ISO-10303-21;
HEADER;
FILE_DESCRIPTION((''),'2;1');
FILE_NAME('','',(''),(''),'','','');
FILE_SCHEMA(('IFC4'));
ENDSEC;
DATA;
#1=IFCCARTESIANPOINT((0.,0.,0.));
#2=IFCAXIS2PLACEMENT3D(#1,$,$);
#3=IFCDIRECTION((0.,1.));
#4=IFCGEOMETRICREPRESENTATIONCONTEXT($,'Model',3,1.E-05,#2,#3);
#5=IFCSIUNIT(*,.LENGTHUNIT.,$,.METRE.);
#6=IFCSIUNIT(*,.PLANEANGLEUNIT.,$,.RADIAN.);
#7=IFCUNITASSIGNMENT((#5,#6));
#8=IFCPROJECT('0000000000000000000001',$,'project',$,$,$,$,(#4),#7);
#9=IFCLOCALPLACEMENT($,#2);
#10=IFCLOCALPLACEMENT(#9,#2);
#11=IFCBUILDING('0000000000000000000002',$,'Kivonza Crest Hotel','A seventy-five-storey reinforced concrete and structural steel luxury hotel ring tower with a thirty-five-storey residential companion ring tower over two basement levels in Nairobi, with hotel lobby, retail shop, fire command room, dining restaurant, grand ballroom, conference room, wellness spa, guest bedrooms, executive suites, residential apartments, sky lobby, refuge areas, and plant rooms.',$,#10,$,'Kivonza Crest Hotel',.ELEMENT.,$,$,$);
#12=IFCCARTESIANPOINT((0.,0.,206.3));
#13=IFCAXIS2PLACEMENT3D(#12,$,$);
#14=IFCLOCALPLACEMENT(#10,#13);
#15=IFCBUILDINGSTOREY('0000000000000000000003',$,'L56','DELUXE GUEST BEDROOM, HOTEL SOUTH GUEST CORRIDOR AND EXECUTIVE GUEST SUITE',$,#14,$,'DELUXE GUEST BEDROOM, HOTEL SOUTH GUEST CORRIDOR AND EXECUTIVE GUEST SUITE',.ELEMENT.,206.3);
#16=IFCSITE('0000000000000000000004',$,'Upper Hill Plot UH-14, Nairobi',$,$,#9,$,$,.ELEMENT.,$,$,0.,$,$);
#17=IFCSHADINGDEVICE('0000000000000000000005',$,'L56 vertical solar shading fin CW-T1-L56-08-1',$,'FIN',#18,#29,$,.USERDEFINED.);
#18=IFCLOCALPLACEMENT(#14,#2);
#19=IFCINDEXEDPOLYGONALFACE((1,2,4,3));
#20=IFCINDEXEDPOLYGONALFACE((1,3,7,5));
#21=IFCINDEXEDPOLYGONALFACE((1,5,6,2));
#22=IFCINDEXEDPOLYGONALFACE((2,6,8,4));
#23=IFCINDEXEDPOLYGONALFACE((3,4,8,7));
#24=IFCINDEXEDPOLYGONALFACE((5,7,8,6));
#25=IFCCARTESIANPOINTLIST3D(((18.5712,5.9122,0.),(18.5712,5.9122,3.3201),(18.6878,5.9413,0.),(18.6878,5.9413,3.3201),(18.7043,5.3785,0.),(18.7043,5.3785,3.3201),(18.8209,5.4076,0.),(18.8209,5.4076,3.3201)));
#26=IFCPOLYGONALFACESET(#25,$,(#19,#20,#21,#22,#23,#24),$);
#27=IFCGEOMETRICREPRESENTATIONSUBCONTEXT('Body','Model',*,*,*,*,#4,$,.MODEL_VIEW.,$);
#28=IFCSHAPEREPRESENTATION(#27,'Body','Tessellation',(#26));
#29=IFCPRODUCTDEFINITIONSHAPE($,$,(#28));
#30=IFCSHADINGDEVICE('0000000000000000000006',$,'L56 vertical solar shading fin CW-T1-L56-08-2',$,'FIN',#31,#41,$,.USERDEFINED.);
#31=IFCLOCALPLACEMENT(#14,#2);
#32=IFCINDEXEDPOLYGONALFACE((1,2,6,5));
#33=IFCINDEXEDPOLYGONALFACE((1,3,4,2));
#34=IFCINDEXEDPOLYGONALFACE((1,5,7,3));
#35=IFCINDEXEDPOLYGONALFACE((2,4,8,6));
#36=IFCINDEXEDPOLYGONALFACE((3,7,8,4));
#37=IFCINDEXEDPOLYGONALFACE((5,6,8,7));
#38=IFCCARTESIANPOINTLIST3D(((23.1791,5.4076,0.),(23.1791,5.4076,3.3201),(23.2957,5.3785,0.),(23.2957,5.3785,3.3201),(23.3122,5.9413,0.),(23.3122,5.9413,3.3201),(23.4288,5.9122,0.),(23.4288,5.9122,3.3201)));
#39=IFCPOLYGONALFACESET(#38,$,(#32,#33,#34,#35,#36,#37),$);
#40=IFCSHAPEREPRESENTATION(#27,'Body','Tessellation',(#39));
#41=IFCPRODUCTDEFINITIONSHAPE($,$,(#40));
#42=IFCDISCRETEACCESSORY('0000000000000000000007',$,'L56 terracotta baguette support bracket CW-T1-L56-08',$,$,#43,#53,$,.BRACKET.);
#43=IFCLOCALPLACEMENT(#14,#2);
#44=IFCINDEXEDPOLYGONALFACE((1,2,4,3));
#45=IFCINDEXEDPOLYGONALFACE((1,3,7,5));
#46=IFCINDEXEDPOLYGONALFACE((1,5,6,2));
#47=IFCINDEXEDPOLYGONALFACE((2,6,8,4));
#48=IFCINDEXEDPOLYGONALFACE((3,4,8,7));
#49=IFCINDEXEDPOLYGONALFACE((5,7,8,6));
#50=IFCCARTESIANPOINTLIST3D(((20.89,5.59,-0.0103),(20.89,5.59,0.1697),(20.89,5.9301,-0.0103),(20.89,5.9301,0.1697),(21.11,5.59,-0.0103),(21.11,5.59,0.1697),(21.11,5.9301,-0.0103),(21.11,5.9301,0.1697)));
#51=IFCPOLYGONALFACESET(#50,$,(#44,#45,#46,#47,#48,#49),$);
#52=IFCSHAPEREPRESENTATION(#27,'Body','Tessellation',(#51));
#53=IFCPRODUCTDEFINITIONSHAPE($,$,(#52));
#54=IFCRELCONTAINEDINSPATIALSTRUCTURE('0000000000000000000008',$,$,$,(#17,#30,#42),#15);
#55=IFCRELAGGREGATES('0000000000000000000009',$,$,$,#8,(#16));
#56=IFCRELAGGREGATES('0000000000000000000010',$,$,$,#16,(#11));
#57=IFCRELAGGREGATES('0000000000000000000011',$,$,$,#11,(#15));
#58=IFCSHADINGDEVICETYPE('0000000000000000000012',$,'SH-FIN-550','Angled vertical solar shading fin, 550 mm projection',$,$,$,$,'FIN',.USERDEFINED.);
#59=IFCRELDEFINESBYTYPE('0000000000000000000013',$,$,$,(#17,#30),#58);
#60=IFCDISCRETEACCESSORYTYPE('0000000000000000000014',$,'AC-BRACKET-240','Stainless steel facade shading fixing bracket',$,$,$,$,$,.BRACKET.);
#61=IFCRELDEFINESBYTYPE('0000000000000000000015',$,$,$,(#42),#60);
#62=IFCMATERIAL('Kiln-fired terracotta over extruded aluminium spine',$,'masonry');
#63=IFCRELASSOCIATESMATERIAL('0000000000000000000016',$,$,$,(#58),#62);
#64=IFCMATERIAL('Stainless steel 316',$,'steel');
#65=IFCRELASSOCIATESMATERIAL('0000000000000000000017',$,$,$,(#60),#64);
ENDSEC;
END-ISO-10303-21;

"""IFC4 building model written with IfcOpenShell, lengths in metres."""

from ifc_helpers import new_model, si_unit, direction, frame, origin, origin_2d, place, context, subcontext, project, spatial, rectangle, extrude, material, type_object, element, save


model = new_model("IFC4")

# Units and contexts
model_context = context("Model", 3, precision=1e-05, world=origin(), true_north=direction((0.0, 1.0)))
body_context = subcontext(model_context, "Body", "Model", "MODEL_VIEW")
ifc_project = project(units=[si_unit("LENGTHUNIT", "METRE"), si_unit("PLANEANGLEUNIT", "RADIAN")], contexts=[model_context])

# Site, building, storey
site_placement = place(None, origin())
site = spatial("IfcSite", under=ifc_project, at=site_placement, Name="Upper Hill Plot UH-14, Nairobi", CompositionType="ELEMENT", RefElevation=0.0)
building_placement = place(site_placement, origin())
building = spatial("IfcBuilding", under=site, at=building_placement, Name="Kivonza Crest Hotel", Description="A seventy-five-storey reinforced concrete and structural steel luxury hotel ring tower with a thirty-five-storey residential companion ring tower over two basement levels in Nairobi, with hotel lobby, retail shop, fire command room, dining restaurant, grand ballroom, conference room, wellness spa, guest bedrooms, executive suites, residential apartments, sky lobby, refuge areas, and plant rooms.", LongName="Kivonza Crest Hotel", CompositionType="ELEMENT")
storey_placement = place(building_placement, frame((0.0, 0.0, 206.3)))
storey = spatial("IfcBuildingStorey", under=building, at=storey_placement, Name="L56", Description="DELUXE GUEST BEDROOM, HOTEL SOUTH GUEST CORRIDOR AND EXECUTIVE GUEST SUITE", LongName="DELUXE GUEST BEDROOM, HOTEL SOUTH GUEST CORRIDOR AND EXECUTIVE GUEST SUITE", CompositionType="ELEMENT", Elevation=206.3)

# Shading devices
ifc_material_1 = material(Name="Kiln-fired terracotta over extruded aluminium spine", Category="masonry")
shading_device_type_1 = type_object("IfcShadingDeviceType", Name="SH-FIN-550", Description="Angled vertical solar shading fin, 550 mm projection", ElementType="FIN", PredefinedType="USERDEFINED", material=ifc_material_1)
for number, where, z_axis, x_axis, name in (
    (1, (18.696, 5.6599, 0.0), (0.0, 0.0, 1.0), (0.970296, 0.241922, 0.0), "L56 vertical solar shading fin CW-T1-L56-08-1"),
    (2, (23.304, 5.6599, 0.0), (0.0, 0.0, 1.0), (0.970296, -0.241922, 0.0), "L56 vertical solar shading fin CW-T1-L56-08-2"),
):
    element("IfcShadingDevice", number, at=place(storey_placement, frame(where, z_axis=z_axis, x_axis=x_axis)), inside=storey, type_object=shading_device_type_1, Name=name, ObjectType="FIN", PredefinedType="USERDEFINED", context=body_context, shape_type="SweptSolid", body=[
        extrude(rectangle(XDim=0.1201, YDim=0.55, at=origin_2d()), origin(), (0.0, 0.0, 1.0), 3.3201),
    ])

# Discrete accessory
ifc_material_2 = material(Name="Stainless steel 316", Category="steel")
discrete_accessory_type = type_object("IfcDiscreteAccessoryType", Name="AC-BRACKET-240", Description="Stainless steel facade shading fixing bracket", PredefinedType="BRACKET", material=ifc_material_2)
discrete_accessory_placement = place(storey_placement, frame((21.0, 5.76, -0.0103), z_axis=(0.0, 0.0, 1.0), x_axis=(1.0, 0.0, 0.0)))
element("IfcDiscreteAccessory", 3, at=discrete_accessory_placement, inside=storey, type_object=discrete_accessory_type, Name="L56 terracotta baguette support bracket CW-T1-L56-08", PredefinedType="BRACKET", context=body_context, shape_type="SweptSolid", body=[
    extrude(rectangle(XDim=0.22, YDim=0.3401, at=origin_2d()), origin(), (0.0, 0.0, 1.0), 0.1799),
])

save(model, "model.ifc")
